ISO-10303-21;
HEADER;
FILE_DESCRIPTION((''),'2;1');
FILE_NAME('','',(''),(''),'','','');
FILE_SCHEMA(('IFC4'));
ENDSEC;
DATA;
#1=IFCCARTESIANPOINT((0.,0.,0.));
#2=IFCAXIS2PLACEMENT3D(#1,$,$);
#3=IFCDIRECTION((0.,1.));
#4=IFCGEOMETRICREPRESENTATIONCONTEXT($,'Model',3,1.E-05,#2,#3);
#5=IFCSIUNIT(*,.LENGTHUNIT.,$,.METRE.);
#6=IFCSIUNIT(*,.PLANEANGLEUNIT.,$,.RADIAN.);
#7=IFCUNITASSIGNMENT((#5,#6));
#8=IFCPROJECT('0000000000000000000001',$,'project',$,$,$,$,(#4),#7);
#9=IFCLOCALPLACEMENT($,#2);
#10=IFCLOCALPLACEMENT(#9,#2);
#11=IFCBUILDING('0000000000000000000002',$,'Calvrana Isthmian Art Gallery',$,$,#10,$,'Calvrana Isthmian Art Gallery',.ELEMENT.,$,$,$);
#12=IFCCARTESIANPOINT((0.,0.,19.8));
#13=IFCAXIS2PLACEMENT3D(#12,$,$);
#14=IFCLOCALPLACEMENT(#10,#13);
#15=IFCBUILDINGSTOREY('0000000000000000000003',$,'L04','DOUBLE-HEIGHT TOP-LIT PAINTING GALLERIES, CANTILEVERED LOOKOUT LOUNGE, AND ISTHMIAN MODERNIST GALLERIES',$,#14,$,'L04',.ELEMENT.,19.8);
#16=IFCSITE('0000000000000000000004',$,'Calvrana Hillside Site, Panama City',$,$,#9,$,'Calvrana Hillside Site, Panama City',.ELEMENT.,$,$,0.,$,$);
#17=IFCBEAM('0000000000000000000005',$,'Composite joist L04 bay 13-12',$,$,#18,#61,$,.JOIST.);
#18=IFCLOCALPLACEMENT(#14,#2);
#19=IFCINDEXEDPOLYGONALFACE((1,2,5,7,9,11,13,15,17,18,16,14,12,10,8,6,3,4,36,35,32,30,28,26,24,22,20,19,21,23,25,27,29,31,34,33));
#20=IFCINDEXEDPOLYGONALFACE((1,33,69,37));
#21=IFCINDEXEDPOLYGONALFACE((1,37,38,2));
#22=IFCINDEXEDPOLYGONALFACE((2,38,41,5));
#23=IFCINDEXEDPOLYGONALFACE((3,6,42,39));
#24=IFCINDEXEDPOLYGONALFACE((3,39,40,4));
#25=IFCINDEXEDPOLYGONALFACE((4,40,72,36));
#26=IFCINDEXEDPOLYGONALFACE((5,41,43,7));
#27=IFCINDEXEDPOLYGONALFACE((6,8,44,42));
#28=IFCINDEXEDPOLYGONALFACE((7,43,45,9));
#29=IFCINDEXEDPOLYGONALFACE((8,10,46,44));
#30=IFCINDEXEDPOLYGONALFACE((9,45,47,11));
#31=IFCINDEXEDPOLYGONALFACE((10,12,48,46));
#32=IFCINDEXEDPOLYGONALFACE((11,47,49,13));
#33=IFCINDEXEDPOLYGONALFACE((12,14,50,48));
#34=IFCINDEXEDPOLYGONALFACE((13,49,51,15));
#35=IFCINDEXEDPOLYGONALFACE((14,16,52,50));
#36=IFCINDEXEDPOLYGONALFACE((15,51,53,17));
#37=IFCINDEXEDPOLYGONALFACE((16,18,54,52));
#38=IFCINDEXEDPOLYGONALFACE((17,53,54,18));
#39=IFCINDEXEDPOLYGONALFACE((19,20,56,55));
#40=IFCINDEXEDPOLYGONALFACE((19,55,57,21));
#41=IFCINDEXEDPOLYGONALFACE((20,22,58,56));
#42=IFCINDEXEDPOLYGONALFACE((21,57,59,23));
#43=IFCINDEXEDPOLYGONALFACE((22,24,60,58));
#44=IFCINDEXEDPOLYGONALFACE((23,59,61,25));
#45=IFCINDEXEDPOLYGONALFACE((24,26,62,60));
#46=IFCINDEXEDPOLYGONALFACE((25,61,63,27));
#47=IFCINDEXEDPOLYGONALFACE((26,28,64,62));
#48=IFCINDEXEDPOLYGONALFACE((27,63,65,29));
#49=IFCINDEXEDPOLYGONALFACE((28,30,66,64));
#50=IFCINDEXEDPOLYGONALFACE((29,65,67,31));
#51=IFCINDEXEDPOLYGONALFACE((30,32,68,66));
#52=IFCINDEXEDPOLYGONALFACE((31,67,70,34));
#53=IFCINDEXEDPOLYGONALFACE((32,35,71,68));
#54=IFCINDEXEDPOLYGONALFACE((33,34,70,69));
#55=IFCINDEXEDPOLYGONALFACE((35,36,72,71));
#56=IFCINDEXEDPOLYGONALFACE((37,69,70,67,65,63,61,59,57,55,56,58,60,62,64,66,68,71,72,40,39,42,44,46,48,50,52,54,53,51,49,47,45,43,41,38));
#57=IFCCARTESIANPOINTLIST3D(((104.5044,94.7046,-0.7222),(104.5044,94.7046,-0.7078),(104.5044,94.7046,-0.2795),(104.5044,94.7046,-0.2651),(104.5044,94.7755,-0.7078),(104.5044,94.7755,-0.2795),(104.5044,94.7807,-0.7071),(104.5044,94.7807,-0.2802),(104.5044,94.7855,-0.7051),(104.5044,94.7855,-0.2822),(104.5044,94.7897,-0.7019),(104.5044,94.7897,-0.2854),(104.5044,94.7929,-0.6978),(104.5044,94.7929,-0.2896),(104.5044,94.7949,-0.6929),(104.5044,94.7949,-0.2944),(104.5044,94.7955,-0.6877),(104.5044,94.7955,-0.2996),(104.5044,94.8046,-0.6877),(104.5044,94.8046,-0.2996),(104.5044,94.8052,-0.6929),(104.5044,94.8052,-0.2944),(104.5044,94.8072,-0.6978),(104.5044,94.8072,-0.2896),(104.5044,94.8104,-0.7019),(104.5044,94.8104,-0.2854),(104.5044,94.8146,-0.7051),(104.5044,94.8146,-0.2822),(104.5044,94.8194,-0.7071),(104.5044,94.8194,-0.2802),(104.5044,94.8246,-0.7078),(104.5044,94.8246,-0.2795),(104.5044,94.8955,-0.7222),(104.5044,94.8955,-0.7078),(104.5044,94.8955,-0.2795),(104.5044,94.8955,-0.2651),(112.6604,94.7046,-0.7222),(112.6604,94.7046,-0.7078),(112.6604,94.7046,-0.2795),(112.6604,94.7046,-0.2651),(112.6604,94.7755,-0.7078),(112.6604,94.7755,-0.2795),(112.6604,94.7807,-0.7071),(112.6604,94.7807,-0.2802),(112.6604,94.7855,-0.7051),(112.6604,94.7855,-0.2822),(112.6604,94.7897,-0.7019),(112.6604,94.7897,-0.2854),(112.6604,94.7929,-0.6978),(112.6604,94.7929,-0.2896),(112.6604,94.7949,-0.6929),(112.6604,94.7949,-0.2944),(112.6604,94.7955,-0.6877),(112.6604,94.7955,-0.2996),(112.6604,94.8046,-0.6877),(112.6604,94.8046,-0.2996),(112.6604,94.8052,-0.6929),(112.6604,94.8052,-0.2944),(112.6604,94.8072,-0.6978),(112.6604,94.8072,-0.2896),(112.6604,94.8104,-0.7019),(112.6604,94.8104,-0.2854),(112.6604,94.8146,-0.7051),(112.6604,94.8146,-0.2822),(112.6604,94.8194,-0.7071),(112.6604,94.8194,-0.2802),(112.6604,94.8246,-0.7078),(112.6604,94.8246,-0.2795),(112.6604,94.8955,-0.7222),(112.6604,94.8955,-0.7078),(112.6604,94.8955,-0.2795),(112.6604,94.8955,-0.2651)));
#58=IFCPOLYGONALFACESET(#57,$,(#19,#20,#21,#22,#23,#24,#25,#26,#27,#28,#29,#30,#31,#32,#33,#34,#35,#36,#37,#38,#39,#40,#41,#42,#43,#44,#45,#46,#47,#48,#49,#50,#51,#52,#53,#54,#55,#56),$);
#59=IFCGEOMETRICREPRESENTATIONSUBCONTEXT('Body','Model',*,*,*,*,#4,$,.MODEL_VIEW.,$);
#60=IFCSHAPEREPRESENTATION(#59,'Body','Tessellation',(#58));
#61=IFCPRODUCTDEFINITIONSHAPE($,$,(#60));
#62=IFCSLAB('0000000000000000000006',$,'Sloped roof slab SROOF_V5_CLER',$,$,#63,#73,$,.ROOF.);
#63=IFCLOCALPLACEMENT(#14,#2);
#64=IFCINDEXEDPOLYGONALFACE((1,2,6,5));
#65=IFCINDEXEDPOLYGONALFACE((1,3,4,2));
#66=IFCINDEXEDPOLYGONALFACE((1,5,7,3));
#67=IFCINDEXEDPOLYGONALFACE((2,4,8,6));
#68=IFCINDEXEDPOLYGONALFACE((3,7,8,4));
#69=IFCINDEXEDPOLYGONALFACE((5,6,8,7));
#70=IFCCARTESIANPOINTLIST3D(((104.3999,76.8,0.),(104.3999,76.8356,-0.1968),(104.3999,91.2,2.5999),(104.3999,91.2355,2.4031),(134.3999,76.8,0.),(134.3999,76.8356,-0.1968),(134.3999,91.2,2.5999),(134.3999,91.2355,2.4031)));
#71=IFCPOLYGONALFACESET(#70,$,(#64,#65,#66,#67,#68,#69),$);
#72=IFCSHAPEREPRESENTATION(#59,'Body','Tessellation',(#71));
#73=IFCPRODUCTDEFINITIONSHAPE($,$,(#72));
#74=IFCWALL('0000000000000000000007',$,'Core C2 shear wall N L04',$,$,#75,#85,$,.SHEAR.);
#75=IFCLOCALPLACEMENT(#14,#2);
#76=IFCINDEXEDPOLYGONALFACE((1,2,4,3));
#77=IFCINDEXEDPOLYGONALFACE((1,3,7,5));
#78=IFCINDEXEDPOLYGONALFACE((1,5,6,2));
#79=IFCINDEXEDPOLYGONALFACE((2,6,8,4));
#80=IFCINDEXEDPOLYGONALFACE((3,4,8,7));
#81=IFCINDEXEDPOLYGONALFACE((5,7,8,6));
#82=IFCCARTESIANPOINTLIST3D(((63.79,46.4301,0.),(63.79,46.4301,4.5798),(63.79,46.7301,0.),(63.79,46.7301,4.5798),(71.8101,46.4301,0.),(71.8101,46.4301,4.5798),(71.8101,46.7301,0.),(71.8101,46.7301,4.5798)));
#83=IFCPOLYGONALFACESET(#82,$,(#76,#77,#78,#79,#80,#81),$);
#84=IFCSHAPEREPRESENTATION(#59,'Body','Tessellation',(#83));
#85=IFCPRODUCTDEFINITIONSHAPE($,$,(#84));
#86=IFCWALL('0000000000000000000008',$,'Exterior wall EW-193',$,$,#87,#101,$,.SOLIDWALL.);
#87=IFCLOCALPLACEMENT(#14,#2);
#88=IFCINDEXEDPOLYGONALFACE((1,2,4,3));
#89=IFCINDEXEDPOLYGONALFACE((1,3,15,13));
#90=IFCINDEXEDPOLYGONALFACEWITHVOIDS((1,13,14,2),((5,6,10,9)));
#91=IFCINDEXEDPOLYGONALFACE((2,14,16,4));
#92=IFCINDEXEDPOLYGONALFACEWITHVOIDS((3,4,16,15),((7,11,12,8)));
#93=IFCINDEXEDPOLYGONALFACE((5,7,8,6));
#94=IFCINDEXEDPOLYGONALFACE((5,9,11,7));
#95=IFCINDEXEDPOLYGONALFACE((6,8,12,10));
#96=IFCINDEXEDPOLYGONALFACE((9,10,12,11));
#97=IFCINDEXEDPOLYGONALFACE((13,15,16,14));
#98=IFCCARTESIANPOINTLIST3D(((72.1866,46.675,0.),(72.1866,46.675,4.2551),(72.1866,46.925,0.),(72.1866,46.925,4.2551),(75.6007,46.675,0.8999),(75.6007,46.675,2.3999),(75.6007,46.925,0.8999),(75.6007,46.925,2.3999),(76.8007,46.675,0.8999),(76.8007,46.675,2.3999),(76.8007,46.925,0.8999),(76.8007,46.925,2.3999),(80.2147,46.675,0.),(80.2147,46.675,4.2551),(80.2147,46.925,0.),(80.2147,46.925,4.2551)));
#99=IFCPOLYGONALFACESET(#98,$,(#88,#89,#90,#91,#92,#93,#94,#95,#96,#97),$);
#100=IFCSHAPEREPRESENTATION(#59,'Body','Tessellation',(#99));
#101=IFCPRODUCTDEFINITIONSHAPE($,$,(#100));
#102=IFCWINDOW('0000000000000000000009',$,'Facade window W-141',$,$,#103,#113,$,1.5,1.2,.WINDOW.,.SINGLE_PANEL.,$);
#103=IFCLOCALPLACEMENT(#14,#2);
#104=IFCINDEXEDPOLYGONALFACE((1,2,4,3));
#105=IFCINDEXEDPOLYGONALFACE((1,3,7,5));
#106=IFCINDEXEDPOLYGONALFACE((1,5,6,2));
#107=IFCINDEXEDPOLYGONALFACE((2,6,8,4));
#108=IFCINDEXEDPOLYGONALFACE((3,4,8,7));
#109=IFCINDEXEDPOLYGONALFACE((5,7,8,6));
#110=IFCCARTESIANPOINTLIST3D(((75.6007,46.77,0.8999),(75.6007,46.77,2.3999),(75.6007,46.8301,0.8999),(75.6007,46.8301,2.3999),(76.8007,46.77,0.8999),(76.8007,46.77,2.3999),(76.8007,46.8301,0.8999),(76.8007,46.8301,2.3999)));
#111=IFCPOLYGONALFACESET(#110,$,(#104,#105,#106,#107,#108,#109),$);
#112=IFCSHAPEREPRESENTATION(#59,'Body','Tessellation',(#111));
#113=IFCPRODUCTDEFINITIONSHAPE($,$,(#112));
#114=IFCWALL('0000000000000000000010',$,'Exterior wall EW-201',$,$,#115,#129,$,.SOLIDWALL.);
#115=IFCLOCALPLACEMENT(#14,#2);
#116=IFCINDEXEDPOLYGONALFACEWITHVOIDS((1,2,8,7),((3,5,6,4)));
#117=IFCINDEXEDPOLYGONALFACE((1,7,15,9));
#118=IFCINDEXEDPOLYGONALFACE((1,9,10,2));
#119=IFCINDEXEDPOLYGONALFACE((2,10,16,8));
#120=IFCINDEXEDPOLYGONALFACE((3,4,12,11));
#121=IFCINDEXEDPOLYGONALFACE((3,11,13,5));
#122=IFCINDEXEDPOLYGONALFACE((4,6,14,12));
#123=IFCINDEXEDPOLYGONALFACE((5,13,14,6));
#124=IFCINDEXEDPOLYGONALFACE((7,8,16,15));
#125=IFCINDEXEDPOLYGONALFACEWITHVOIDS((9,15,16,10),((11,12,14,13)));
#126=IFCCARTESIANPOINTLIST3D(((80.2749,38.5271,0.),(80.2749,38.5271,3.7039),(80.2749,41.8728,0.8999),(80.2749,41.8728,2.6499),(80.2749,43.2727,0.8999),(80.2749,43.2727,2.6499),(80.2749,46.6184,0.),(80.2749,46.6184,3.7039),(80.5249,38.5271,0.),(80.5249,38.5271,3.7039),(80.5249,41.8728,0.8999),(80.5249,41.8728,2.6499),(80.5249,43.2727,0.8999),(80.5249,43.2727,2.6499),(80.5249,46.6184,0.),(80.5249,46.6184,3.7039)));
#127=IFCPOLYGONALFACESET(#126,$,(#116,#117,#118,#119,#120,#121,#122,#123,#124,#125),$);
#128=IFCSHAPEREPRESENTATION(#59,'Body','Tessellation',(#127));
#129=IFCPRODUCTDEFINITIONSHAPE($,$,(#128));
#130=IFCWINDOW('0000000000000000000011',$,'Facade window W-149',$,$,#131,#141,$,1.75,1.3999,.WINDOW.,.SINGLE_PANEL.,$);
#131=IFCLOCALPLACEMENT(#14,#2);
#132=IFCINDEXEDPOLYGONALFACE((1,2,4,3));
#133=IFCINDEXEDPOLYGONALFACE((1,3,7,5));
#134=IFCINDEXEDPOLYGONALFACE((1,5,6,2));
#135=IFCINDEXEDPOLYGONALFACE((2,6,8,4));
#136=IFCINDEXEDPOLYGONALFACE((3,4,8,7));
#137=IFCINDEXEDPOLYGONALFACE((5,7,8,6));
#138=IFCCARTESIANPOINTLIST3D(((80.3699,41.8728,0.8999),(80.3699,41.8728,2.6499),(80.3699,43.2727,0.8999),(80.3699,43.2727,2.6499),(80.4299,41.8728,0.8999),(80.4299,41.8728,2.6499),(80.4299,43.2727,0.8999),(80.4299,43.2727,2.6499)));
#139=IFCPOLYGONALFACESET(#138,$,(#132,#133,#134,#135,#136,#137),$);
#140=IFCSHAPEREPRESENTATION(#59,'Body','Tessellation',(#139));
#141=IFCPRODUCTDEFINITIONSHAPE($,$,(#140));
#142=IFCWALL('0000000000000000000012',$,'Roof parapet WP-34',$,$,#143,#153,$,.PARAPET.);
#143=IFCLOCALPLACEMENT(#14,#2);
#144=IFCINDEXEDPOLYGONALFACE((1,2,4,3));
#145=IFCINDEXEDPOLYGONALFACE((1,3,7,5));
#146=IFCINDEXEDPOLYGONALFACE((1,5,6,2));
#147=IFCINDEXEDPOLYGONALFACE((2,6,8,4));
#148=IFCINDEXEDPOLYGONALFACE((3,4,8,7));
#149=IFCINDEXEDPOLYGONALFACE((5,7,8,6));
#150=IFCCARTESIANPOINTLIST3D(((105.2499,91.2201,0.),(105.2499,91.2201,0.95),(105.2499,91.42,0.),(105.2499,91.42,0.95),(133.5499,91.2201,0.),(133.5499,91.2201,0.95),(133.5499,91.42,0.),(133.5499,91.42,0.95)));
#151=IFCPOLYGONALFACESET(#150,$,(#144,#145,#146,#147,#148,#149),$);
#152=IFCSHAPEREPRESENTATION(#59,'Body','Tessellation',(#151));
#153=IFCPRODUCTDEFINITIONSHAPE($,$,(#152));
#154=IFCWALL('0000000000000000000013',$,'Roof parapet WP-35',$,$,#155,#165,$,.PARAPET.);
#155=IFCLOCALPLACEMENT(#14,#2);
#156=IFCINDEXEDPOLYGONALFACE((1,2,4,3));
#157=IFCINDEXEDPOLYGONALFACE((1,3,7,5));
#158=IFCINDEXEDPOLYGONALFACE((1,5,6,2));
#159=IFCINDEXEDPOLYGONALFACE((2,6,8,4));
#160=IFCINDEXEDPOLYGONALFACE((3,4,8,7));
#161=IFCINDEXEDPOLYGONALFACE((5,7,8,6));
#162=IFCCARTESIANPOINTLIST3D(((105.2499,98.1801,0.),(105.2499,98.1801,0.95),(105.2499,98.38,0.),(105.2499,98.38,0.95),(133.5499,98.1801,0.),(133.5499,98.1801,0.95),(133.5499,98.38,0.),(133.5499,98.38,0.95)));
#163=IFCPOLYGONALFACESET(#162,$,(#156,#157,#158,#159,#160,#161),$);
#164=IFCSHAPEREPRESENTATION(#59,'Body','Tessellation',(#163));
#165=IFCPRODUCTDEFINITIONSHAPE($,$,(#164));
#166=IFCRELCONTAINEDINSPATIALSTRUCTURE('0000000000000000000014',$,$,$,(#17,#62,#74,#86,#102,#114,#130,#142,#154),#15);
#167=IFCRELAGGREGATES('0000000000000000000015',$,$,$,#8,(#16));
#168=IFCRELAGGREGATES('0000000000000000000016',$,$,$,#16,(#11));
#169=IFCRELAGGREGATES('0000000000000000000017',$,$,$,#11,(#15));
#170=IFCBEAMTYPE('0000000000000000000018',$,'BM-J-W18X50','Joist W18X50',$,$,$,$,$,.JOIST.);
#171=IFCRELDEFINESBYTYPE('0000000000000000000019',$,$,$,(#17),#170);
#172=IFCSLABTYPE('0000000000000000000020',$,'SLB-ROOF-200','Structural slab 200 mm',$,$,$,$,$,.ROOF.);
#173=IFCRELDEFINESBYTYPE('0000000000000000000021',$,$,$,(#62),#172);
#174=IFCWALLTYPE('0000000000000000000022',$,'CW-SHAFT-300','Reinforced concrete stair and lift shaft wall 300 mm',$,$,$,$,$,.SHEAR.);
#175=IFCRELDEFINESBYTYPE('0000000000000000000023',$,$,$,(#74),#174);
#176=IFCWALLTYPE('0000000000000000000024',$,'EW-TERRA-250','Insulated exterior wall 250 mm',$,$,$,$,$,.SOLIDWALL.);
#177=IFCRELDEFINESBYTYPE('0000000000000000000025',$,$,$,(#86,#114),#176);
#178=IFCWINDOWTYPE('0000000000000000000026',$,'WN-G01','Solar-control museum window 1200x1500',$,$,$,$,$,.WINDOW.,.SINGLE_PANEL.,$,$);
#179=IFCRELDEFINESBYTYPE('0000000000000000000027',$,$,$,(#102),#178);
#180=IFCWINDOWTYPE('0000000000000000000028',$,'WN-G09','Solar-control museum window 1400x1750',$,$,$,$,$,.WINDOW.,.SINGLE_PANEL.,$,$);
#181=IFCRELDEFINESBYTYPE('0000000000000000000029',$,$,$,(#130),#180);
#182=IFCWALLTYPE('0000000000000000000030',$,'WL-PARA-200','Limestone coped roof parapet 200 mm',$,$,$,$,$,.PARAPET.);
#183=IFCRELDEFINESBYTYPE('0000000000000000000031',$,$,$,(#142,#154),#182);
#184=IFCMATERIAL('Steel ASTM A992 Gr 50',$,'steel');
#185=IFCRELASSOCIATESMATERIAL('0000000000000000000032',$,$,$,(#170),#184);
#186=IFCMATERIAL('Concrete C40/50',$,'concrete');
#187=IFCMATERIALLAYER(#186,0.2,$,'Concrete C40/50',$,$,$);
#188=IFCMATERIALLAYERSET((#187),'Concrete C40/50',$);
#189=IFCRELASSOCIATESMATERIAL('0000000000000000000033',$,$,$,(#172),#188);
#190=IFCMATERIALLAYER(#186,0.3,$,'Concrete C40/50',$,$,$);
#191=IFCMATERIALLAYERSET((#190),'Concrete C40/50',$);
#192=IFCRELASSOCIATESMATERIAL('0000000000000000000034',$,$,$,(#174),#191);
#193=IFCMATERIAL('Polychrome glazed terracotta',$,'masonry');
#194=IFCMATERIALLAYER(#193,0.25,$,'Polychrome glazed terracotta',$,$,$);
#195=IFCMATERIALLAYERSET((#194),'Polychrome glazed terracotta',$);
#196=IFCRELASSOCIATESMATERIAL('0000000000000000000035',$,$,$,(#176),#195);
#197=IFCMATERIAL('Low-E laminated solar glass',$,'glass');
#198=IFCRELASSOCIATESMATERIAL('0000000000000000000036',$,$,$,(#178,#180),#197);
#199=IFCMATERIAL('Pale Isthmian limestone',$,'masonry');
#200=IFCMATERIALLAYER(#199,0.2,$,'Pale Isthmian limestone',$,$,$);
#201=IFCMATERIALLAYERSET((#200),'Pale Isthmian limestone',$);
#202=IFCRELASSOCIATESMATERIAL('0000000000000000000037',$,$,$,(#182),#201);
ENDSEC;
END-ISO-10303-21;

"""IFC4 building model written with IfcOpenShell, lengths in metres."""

from ifc_helpers import new_model, si_unit, direction, frame, frame_2d, origin, origin_2d, place, context, subcontext, project, spatial, polyline, rectangle, i_section, outline, extrude, material, layer, layer_set, material_profile, profile_set, type_object, element, fill, save


model = new_model("IFC4")

# Units and contexts
model_context = context("Model", 3, precision=1e-05, world=origin(), true_north=direction((0.0, 1.0)))
body_context = subcontext(model_context, "Body", "Model", "MODEL_VIEW")
ifc_project = project(units=[si_unit("LENGTHUNIT", "METRE"), si_unit("PLANEANGLEUNIT", "RADIAN")], contexts=[model_context])

# Site, building, storey
site_placement = place(None, origin())
site = spatial("IfcSite", under=ifc_project, at=site_placement, Name="Calvrana Hillside Site, Panama City", LongName="Calvrana Hillside Site, Panama City", CompositionType="ELEMENT", RefElevation=0.0)
building_placement = place(site_placement, origin())
building = spatial("IfcBuilding", under=site, at=building_placement, Name="Calvrana Isthmian Art Gallery", LongName="Calvrana Isthmian Art Gallery", CompositionType="ELEMENT")
storey_placement = place(building_placement, frame((0.0, 0.0, 19.8)))
storey = spatial("IfcBuildingStorey", under=building, at=storey_placement, Name="L04", Description="DOUBLE-HEIGHT TOP-LIT PAINTING GALLERIES, CANTILEVERED LOOKOUT LOUNGE, AND ISTHMIAN MODERNIST GALLERIES", LongName="L04", CompositionType="ELEMENT", Elevation=19.8)

# Shared definitions
ifc_material_1 = material(Name="Steel ASTM A992 Gr 50", Category="steel")

# Beam
ifc_material_profile_1 = material_profile(ifc_material_1, i_section(OverallWidth=0.1909, OverallDepth=0.457, WebThickness=0.009, FlangeThickness=0.0144, FilletRadius=0.02, at=origin_2d()), Name="W18X50")
ifc_profile_set_1 = profile_set([ifc_material_profile_1], Name="Steel ASTM A992 Gr 50")
beam_type_1 = type_object("IfcBeamType", Name="BM-J-W18X50", Description="Joist W18X50", PredefinedType="JOIST", material=ifc_profile_set_1)
beam_1_placement = place(storey_placement, frame((104.5044, 94.8, -0.4937), z_axis=(1.0, 0.0, 0.0), x_axis=(0.0, 1.0, 0.0)))
element("IfcBeam", 1, at=beam_1_placement, inside=storey, type_object=beam_type_1, Name="Composite joist L04 bay 13-12", PredefinedType="JOIST", context=body_context, shape_type="SweptSolid", body=[
    extrude(i_section(OverallWidth=0.1909, OverallDepth=0.457, WebThickness=0.009, FlangeThickness=0.0144, FilletRadius=0.02, at=origin_2d()), origin(), (0.0, 0.0, 1.0), 8.156),
])

# Slab
ifc_material_2 = material(Name="Concrete C40/50", Category="concrete")
ifc_layer_1 = layer(ifc_material_2, 0.2, Name="Concrete C40/50")
ifc_layer_set_1 = layer_set([ifc_layer_1], Name="Concrete C40/50")
slab_type = type_object("IfcSlabType", Name="SLB-ROOF-200", Description="Structural slab 200 mm", PredefinedType="ROOF", material=ifc_layer_set_1)
slab_placement = place(storey_placement, frame((104.3999, 76.8, 0.0), z_axis=(0.0, -0.177674, 0.984089), x_axis=(1.0, 0.0, 0.0)))
element("IfcSlab", 2, at=slab_placement, inside=storey, type_object=slab_type, Name="Sloped roof slab SROOF_V5_CLER", PredefinedType="ROOF", context=body_context, shape_type="SweptSolid", body=[
    extrude(outline(polyline([(0.0, 0.0), (30.0, 0.0), (30.0, 14.6327), (0.0, 14.6327), (0.0, 0.0)])), origin(), (0.0, 0.0, -1.0), 0.2),
])

# Wall
ifc_layer_2 = layer(ifc_material_2, 0.3, Name="Concrete C40/50")
ifc_layer_set_2 = layer_set([ifc_layer_2], Name="Concrete C40/50")
wall_type_1 = type_object("IfcWallType", Name="CW-SHAFT-300", Description="Reinforced concrete stair and lift shaft wall 300 mm", PredefinedType="SHEAR", material=ifc_layer_set_2)
wall_1_placement = place(storey_placement, frame((63.79, 46.5801, 0.0), z_axis=(0.0, 0.0, 1.0), x_axis=(1.0, 0.0, 0.0)))
element("IfcWall", 3, at=wall_1_placement, inside=storey, type_object=wall_type_1, Name="Core C2 shear wall N L04", PredefinedType="SHEAR", context=body_context, shape_type="SweptSolid", body=[
    extrude(rectangle(XDim=8.02, YDim=0.3, at=frame_2d((4.01, 0.0))), origin(), (0.0, 0.0, 1.0), 4.5798),
])

# Walls, openings, windows
ifc_material_3 = material(Name="Polychrome glazed terracotta", Category="masonry")
ifc_layer_3 = layer(ifc_material_3, 0.25, Name="Polychrome glazed terracotta")
ifc_layer_set_3 = layer_set([ifc_layer_3], Name="Polychrome glazed terracotta")
wall_type_2 = type_object("IfcWallType", Name="EW-TERRA-250", Description="Insulated exterior wall 250 mm", PredefinedType="SOLIDWALL", material=ifc_layer_set_3)
wall_2_placement = place(storey_placement, frame((72.1865, 46.8, 0.0), z_axis=(0.0, 0.0, 1.0), x_axis=(1.0, 0.0, 0.0)))
wall_2 = element("IfcWall", 4, at=wall_2_placement, inside=storey, type_object=wall_type_2, Name="Exterior wall EW-193", PredefinedType="SOLIDWALL", context=body_context, shape_type="SweptSolid", body=[
    extrude(rectangle(XDim=8.0281, YDim=0.25, at=frame_2d((4.0142, 0.0))), origin(), (0.0, 0.0, 1.0), 4.2551),
])
opening_1_placement = place(wall_2_placement, frame((3.4141, 0.0, 0.8999)))
opening_1 = element("IfcOpeningElement", 5, at=opening_1_placement, cuts=wall_2, PredefinedType="OPENING", context=body_context, shape_type="SweptSolid", body=[
    extrude(rectangle(XDim=1.2, YDim=1.5, at=frame_2d((0.6001, 0.75))), frame((0.0, 0.1353, 0.0), z_axis=(0.0, -1.0, 0.0), x_axis=(1.0, 0.0, 0.0)), (0.0, 0.0, 1.0), 0.2705),
])
ifc_material_4 = material(Name="Low-E laminated solar glass", Category="glass")
window_type_1 = type_object("IfcWindowType", Name="WN-G01", Description="Solar-control museum window 1200x1500", PartitioningType="SINGLE_PANEL", PredefinedType="WINDOW", material=ifc_material_4)
window_1_placement = place(opening_1_placement, origin())
window_1 = element("IfcWindow", 6, at=window_1_placement, inside=storey, type_object=window_type_1, Name="Facade window W-141", OverallHeight=1.5, OverallWidth=1.2, PartitioningType="SINGLE_PANEL", PredefinedType="WINDOW", context=body_context, shape_type="SweptSolid", body=[
    extrude(rectangle(XDim=1.2, YDim=1.5, at=frame_2d((0.6001, 0.75))), frame((0.0, 0.03, 0.0), z_axis=(0.0, -1.0, 0.0), x_axis=(1.0, 0.0, 0.0)), (0.0, 0.0, 1.0), 0.0601),
])
fill(opening_1, window_1)
wall_3_placement = place(storey_placement, frame((80.3999, 46.6184, 0.0), z_axis=(0.0, 0.0, 1.0), x_axis=(0.0, -1.0, 0.0)))
wall_3 = element("IfcWall", 7, at=wall_3_placement, inside=storey, type_object=wall_type_2, Name="Exterior wall EW-201", PredefinedType="SOLIDWALL", context=body_context, shape_type="SweptSolid", body=[
    extrude(rectangle(XDim=8.0913, YDim=0.25, at=frame_2d((4.0457, 0.0))), origin(), (0.0, 0.0, 1.0), 3.7039),
])
opening_2_placement = place(wall_3_placement, frame((3.3457, 0.0, 0.8999)))
opening_2 = element("IfcOpeningElement", 8, at=opening_2_placement, cuts=wall_3, PredefinedType="OPENING", context=body_context, shape_type="SweptSolid", body=[
    extrude(rectangle(XDim=1.3999, YDim=1.75, at=frame_2d((0.7, 0.875))), frame((0.0, 0.1353, 0.0), z_axis=(0.0, -1.0, 0.0), x_axis=(1.0, 0.0, 0.0)), (0.0, 0.0, 1.0), 0.2705),
])
window_type_2 = type_object("IfcWindowType", Name="WN-G09", Description="Solar-control museum window 1400x1750", PartitioningType="SINGLE_PANEL", PredefinedType="WINDOW", material=ifc_material_4)
window_2_placement = place(opening_2_placement, origin())
window_2 = element("IfcWindow", 9, at=window_2_placement, inside=storey, type_object=window_type_2, Name="Facade window W-149", OverallHeight=1.75, OverallWidth=1.3999, PartitioningType="SINGLE_PANEL", PredefinedType="WINDOW", context=body_context, shape_type="SweptSolid", body=[
    extrude(rectangle(XDim=1.3999, YDim=1.75, at=frame_2d((0.7, 0.875))), frame((0.0, 0.03, 0.0), z_axis=(0.0, -1.0, 0.0), x_axis=(1.0, 0.0, 0.0)), (0.0, 0.0, 1.0), 0.0601),
])
fill(opening_2, window_2)

# Walls
ifc_material_5 = material(Name="Pale Isthmian limestone", Category="masonry")
ifc_layer_4 = layer(ifc_material_5, 0.2, Name="Pale Isthmian limestone")
ifc_layer_set_4 = layer_set([ifc_layer_4], Name="Pale Isthmian limestone")
wall_type_3 = type_object("IfcWallType", Name="WL-PARA-200", Description="Limestone coped roof parapet 200 mm", PredefinedType="PARAPET", material=ifc_layer_set_4)
for number, where, z_axis, x_axis, name in (
    (10, (105.25, 91.3201, 0.0), (0.0, 0.0, 1.0), (1.0, 0.0, 0.0), "Roof parapet WP-34"),
    (11, (105.25, 98.28, 0.0), (0.0, 0.0, 1.0), (1.0, 0.0, 0.0), "Roof parapet WP-35"),
):
    element("IfcWall", number, at=place(storey_placement, frame(where, z_axis=z_axis, x_axis=x_axis)), inside=storey, type_object=wall_type_3, Name=name, PredefinedType="PARAPET", context=body_context, shape_type="SweptSolid", body=[
        extrude(rectangle(XDim=28.3, YDim=0.2, at=frame_2d((14.1499, 0.0))), origin(), (0.0, 0.0, 1.0), 0.95),
    ])

save(model, "model.ifc")
